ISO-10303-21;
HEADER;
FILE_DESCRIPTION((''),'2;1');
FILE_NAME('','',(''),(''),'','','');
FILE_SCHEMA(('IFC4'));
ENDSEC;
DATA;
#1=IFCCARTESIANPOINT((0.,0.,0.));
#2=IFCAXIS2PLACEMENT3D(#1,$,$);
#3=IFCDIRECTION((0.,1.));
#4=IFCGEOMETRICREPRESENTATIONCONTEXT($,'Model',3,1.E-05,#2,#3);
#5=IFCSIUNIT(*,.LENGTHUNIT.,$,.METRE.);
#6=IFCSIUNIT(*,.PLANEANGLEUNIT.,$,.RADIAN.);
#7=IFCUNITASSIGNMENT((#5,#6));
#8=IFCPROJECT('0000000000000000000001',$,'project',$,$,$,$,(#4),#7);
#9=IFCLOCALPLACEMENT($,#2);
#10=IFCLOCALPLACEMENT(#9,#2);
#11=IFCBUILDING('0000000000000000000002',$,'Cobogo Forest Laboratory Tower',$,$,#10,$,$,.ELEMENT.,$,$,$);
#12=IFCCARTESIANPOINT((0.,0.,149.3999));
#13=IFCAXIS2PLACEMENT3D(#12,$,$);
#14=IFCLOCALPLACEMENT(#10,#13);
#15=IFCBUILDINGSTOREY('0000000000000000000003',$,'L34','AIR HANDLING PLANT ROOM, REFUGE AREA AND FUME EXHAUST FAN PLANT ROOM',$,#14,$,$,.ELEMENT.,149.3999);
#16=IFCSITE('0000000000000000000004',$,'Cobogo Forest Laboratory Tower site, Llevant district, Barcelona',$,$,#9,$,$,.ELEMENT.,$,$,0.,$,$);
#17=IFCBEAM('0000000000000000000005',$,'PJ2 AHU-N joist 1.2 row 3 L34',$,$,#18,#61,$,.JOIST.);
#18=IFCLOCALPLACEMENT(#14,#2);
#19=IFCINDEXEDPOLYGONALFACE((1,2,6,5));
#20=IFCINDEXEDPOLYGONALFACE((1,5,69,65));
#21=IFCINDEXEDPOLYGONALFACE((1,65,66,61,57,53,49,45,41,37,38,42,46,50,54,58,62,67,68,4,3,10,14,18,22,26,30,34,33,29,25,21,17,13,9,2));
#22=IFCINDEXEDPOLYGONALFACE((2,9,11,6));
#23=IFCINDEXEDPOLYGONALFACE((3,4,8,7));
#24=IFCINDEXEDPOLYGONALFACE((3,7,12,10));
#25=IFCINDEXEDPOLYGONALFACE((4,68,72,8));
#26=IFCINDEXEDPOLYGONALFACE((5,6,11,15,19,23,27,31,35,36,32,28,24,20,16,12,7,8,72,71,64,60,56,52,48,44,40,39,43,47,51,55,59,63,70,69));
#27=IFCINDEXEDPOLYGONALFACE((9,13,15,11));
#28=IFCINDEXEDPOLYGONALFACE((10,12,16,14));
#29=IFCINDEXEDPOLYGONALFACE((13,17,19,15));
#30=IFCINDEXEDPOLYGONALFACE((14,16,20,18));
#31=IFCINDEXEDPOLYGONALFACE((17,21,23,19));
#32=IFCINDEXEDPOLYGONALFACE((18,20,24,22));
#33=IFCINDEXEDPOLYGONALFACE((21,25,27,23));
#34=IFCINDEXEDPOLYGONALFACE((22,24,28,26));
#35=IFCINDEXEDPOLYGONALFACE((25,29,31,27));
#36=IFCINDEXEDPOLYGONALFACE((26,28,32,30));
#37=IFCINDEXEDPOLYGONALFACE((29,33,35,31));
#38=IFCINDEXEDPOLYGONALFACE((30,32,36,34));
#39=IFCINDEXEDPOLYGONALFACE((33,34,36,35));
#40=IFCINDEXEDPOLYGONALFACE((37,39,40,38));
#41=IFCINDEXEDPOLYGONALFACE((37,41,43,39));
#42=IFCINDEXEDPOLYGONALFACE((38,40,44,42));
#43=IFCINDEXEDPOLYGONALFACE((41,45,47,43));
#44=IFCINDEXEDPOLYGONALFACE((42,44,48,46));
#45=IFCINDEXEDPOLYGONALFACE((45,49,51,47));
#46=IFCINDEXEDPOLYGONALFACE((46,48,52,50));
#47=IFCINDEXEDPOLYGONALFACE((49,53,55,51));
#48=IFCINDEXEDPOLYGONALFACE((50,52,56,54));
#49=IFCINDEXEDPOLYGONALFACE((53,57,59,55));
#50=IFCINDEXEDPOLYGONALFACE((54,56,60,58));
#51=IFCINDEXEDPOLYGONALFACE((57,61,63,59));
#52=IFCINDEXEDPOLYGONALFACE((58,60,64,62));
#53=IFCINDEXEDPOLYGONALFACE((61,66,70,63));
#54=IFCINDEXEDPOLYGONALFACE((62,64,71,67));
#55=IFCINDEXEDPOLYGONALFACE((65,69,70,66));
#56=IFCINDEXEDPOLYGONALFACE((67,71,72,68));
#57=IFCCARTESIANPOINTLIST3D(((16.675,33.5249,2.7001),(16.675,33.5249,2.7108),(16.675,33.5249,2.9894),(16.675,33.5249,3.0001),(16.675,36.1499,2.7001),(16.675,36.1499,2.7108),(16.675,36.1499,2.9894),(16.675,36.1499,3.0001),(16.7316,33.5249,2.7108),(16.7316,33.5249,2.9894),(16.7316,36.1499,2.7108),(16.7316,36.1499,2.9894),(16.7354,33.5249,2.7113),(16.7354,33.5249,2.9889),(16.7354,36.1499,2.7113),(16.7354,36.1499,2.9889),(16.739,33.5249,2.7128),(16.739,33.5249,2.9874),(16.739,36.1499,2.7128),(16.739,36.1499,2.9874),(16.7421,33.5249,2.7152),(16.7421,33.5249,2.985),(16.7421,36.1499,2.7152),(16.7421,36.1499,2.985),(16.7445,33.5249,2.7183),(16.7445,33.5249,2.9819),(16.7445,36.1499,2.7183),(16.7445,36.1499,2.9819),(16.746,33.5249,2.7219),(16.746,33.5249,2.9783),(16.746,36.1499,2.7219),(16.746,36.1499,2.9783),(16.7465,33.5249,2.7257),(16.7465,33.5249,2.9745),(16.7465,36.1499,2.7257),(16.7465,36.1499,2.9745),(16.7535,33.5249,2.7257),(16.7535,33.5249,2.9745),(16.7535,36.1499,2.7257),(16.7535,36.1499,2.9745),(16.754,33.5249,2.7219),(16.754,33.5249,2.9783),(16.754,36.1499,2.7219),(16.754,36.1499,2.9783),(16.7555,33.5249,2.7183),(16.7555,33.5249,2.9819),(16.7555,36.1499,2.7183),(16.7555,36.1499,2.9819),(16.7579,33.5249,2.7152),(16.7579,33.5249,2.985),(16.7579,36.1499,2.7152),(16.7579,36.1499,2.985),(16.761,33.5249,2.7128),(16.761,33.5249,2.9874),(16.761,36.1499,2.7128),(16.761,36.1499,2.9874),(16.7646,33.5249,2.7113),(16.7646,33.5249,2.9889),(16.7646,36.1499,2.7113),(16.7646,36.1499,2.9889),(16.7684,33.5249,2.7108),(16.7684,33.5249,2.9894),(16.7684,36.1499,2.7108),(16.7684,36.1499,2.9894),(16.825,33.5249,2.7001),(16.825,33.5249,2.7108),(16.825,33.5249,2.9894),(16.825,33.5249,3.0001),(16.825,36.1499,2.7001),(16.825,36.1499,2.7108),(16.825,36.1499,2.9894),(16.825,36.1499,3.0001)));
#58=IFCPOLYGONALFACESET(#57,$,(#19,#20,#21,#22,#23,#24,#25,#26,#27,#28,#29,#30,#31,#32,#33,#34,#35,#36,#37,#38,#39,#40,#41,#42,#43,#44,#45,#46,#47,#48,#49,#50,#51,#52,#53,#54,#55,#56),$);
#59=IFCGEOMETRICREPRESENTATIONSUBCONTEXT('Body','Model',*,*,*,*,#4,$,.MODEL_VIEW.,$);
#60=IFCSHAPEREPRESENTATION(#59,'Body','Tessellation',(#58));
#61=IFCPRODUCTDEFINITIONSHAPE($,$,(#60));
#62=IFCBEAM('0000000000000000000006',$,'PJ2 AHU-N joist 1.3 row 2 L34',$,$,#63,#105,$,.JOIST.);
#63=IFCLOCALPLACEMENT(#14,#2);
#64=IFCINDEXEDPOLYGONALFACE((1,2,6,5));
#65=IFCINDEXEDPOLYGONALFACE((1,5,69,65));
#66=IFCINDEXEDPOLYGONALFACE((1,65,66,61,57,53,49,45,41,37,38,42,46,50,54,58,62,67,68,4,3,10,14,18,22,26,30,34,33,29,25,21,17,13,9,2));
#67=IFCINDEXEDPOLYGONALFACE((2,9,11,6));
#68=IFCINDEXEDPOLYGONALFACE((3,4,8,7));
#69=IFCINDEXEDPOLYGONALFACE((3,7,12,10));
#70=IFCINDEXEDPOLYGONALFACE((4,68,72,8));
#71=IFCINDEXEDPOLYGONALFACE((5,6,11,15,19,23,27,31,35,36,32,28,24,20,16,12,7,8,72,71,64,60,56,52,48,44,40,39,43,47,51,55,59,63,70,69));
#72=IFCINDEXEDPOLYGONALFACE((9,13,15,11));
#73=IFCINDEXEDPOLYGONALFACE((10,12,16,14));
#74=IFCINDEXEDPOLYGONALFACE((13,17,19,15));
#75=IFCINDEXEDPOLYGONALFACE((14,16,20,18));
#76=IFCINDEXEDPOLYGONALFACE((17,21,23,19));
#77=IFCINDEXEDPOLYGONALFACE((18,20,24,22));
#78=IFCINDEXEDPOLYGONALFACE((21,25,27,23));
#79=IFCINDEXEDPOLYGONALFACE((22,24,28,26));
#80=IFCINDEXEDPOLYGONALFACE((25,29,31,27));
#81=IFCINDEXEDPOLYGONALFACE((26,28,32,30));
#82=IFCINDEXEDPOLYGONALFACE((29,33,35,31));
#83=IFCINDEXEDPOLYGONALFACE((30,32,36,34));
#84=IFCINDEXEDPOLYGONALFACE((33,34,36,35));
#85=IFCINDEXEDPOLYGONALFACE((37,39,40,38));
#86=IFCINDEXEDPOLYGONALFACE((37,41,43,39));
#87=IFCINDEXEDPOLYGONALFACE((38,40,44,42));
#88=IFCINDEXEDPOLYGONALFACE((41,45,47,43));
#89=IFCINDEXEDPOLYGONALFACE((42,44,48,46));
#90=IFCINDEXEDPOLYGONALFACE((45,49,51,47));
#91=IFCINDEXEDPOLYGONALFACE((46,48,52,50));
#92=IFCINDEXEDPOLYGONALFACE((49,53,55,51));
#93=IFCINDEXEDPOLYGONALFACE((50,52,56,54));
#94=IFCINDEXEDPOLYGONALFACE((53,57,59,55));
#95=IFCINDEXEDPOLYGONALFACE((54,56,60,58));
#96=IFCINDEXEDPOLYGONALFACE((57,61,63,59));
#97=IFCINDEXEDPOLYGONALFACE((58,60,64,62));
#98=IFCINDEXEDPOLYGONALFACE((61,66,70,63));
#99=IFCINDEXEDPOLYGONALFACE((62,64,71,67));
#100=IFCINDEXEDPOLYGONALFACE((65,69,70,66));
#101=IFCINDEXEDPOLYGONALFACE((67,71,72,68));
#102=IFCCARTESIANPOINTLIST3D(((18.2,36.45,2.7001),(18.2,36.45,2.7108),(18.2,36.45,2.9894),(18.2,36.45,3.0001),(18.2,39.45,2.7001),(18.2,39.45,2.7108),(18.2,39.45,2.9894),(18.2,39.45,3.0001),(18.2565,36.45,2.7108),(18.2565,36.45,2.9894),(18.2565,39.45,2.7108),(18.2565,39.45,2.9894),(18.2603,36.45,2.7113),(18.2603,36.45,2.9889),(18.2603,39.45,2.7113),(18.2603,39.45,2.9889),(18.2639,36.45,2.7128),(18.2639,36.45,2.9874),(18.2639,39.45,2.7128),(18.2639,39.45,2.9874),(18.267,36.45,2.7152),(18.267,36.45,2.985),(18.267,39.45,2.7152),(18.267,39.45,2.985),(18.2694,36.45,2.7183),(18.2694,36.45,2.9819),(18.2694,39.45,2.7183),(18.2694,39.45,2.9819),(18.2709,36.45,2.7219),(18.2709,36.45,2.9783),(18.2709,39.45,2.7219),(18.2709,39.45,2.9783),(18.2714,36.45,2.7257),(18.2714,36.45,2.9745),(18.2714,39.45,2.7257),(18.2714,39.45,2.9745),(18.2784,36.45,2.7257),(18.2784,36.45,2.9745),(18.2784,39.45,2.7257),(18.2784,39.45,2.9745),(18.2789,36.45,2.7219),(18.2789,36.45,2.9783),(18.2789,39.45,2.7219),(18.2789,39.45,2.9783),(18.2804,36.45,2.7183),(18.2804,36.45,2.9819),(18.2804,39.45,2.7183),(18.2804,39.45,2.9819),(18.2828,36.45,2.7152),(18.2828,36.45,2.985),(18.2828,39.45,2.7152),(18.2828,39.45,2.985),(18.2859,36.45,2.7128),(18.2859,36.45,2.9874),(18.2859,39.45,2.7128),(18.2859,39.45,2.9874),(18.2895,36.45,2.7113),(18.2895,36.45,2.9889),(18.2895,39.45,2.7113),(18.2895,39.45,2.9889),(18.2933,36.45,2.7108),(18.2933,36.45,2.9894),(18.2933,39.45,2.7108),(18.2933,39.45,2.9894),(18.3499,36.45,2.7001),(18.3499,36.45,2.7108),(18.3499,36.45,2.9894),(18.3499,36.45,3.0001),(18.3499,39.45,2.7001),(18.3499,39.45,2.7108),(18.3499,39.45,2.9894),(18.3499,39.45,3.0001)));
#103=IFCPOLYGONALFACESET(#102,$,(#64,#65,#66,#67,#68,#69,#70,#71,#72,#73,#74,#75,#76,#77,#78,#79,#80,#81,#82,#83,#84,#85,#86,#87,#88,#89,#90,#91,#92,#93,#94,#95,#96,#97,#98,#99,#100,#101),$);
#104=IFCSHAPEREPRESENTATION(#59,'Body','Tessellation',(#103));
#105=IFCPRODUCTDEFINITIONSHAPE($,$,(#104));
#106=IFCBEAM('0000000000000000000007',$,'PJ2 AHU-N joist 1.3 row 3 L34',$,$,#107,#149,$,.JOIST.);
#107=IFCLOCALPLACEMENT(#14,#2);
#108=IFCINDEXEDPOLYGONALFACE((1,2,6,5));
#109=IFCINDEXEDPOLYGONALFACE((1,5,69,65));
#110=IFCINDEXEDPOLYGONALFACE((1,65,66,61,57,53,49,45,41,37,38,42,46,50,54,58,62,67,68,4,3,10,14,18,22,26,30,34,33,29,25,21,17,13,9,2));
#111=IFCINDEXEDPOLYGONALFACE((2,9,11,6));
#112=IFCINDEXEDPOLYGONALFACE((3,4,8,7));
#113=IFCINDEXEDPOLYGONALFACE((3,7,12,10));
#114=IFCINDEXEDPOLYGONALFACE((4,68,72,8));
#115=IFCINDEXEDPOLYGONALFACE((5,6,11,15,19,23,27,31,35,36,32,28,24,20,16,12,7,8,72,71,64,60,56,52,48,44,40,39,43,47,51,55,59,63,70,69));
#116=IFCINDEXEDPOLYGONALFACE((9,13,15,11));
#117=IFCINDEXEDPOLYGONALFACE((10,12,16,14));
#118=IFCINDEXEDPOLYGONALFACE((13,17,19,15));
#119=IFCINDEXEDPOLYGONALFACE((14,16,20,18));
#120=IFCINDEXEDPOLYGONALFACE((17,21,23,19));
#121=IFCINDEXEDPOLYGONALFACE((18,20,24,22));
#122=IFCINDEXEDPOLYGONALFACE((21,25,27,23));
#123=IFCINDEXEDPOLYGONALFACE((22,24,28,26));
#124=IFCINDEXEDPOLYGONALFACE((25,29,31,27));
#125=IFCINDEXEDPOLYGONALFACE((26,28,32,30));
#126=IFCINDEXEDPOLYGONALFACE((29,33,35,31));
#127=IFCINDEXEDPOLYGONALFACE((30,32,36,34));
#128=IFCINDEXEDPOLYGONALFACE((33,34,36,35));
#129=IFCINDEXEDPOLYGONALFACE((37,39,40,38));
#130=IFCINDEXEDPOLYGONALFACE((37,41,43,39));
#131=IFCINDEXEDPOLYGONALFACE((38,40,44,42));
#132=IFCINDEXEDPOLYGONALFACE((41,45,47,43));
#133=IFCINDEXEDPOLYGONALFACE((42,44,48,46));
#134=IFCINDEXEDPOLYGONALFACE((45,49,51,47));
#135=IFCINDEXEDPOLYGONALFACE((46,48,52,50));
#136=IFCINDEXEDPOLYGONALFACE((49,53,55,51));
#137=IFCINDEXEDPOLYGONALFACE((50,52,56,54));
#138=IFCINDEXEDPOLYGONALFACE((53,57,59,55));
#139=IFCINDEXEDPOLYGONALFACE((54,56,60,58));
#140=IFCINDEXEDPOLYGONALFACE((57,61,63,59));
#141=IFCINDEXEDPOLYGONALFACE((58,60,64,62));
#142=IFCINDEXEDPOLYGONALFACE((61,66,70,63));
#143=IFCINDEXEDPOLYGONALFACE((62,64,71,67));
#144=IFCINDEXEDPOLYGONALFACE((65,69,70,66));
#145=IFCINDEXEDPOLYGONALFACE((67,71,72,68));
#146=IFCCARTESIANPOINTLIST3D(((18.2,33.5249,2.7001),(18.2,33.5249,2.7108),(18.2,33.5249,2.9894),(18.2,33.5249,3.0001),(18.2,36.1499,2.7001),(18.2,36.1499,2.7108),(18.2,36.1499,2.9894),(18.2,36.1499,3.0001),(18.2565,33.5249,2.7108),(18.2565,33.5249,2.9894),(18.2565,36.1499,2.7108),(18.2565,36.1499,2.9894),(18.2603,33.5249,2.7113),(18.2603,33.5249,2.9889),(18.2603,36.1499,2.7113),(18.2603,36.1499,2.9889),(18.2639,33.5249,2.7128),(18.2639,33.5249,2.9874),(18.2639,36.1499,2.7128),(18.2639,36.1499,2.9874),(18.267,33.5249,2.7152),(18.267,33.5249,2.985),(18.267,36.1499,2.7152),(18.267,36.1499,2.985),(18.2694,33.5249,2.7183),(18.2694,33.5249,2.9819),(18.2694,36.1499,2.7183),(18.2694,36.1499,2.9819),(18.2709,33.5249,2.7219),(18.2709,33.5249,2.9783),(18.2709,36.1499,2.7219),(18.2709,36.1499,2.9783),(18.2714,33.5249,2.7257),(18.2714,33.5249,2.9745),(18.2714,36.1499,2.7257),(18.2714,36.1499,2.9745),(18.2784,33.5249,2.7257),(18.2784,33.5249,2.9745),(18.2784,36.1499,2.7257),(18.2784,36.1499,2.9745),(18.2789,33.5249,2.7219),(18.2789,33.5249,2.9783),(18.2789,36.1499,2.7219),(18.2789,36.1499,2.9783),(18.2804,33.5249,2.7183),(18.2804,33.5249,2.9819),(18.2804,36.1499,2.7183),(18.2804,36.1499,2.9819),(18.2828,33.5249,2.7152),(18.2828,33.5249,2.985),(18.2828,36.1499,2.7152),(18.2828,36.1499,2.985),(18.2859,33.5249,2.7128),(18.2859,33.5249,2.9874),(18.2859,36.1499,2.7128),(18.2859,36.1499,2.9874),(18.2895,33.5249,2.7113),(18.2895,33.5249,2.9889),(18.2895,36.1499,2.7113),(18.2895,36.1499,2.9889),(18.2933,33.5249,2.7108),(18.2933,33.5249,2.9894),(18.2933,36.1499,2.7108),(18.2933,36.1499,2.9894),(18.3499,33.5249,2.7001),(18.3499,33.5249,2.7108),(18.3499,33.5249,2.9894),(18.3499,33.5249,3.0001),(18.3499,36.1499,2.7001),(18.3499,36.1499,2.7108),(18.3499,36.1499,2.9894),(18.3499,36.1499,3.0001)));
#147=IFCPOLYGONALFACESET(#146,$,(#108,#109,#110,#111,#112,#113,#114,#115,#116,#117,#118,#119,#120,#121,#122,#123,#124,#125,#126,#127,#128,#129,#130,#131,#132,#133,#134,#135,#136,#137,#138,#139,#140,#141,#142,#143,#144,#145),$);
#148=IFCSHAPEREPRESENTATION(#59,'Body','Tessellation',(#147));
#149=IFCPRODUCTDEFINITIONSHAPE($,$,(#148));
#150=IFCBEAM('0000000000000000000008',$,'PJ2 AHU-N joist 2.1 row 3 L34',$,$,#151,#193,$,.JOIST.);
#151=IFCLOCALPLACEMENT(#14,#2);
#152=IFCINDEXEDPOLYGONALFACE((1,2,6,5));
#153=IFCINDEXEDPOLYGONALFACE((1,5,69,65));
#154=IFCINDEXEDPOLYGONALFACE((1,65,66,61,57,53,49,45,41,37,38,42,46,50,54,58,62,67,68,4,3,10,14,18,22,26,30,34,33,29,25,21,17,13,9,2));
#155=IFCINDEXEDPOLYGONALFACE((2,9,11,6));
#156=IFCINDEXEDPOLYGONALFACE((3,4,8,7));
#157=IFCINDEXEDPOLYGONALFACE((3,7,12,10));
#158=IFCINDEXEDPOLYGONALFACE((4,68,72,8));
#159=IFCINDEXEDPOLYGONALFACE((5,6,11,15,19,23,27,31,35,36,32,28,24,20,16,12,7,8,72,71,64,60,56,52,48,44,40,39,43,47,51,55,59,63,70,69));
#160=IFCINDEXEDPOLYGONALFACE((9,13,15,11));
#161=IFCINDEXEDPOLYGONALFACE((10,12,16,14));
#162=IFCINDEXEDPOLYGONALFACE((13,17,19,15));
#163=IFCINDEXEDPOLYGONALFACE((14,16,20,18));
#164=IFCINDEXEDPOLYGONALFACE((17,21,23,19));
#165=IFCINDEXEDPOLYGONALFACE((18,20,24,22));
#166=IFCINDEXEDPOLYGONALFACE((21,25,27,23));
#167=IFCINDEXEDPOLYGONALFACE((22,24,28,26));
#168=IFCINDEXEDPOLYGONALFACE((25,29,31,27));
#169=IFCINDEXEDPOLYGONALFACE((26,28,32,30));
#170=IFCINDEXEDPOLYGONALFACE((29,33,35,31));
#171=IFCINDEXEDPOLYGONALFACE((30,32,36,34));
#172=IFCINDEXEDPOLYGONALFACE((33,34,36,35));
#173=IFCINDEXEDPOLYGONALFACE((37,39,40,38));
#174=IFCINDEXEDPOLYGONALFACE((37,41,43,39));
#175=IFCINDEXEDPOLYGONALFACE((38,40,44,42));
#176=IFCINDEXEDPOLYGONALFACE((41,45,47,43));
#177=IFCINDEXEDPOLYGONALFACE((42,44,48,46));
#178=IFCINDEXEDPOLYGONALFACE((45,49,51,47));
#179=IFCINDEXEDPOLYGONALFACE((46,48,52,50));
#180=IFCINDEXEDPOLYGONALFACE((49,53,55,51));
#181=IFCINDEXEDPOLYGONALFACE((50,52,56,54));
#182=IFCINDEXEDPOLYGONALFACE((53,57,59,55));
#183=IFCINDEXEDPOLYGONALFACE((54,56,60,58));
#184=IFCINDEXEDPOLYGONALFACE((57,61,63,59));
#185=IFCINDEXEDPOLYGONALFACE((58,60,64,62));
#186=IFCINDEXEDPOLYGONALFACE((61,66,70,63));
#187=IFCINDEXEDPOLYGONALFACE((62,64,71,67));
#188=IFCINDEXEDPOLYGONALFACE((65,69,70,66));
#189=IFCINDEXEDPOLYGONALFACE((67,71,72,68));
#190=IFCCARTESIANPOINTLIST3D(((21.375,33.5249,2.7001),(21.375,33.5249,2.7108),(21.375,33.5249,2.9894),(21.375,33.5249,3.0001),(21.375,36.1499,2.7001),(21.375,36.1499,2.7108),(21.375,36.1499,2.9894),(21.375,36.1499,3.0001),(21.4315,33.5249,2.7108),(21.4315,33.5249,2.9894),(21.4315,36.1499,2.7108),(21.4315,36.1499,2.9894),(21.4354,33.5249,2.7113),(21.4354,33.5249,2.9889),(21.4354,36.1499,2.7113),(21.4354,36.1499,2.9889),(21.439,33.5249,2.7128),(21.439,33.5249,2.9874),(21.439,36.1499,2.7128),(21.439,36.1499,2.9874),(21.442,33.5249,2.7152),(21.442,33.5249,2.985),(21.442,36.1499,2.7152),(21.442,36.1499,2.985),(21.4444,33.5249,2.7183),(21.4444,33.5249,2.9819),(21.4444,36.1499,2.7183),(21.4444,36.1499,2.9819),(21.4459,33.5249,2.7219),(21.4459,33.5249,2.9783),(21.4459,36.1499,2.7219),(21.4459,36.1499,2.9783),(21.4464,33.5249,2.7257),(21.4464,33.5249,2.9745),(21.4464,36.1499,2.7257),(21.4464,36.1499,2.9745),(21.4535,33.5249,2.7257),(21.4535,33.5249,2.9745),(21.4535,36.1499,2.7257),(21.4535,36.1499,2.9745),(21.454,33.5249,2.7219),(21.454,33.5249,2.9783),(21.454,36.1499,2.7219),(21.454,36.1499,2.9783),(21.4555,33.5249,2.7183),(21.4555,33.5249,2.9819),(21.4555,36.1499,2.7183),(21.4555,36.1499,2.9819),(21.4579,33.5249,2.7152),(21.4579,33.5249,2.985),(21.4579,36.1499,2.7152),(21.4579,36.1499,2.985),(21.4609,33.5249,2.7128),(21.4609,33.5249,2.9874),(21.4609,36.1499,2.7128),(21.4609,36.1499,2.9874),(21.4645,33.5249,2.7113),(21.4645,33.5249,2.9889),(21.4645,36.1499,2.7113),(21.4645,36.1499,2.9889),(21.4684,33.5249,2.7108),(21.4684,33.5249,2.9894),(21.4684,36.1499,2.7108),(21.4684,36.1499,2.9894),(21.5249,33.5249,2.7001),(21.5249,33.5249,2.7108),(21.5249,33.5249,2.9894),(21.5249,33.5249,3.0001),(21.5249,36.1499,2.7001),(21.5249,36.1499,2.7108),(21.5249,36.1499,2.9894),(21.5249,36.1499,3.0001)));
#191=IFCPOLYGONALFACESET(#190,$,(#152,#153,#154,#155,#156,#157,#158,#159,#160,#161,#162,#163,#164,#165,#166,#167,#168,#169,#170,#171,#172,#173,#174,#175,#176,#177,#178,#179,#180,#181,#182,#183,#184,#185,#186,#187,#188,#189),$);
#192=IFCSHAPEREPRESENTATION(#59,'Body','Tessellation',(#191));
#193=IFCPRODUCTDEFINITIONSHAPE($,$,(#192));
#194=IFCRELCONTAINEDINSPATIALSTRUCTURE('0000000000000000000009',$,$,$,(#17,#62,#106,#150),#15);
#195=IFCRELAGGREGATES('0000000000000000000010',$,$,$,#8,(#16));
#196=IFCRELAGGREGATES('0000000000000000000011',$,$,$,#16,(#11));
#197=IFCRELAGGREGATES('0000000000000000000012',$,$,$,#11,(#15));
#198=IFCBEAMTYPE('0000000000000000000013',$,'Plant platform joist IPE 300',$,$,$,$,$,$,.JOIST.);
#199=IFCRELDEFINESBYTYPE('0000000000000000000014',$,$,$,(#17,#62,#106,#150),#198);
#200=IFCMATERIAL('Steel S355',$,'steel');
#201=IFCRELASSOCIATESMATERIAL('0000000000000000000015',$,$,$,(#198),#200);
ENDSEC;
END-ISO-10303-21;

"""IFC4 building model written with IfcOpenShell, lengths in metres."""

from ifc_helpers import new_model, si_unit, direction, frame, origin, origin_2d, place, context, subcontext, project, spatial, i_section, extrude, material, material_profile, profile_set, type_object, element, save


model = new_model("IFC4")

# Units and contexts
model_context = context("Model", 3, precision=1e-05, world=origin(), true_north=direction((0.0, 1.0)))
body_context = subcontext(model_context, "Body", "Model", "MODEL_VIEW")
ifc_project = project(units=[si_unit("LENGTHUNIT", "METRE"), si_unit("PLANEANGLEUNIT", "RADIAN")], contexts=[model_context])

# Site, building, storey
site_placement = place(None, origin())
site = spatial("IfcSite", under=ifc_project, at=site_placement, Name="Cobogo Forest Laboratory Tower site, Llevant district, Barcelona", CompositionType="ELEMENT", RefElevation=0.0)
building_placement = place(site_placement, origin())
building = spatial("IfcBuilding", under=site, at=building_placement, Name="Cobogo Forest Laboratory Tower", CompositionType="ELEMENT")
storey_placement = place(building_placement, frame((0.0, 0.0, 149.3999)))
storey = spatial("IfcBuildingStorey", under=building, at=storey_placement, Name="L34", Description="AIR HANDLING PLANT ROOM, REFUGE AREA AND FUME EXHAUST FAN PLANT ROOM", CompositionType="ELEMENT", Elevation=149.3999)

# Shared definitions
ifc_material_1 = material(Name="Steel S355", Category="steel")

# Beams
ifc_material_profile_1 = material_profile(ifc_material_1, i_section(OverallWidth=0.1499, OverallDepth=0.3, WebThickness=0.0071, FlangeThickness=0.0107, FilletRadius=0.0149, at=origin_2d()), Name="IPE 300")
ifc_profile_set_1 = profile_set([ifc_material_profile_1], Name="Steel S355")
beam_type_1 = type_object("IfcBeamType", Name="Plant platform joist IPE 300", PredefinedType="JOIST", material=ifc_profile_set_1)
beam_1_placement = place(storey_placement, frame((16.75, 36.1499, 2.8501), z_axis=(0.0, -1.0, 0.0), x_axis=(1.0, 0.0, 0.0)))
element("IfcBeam", 1, at=beam_1_placement, inside=storey, type_object=beam_type_1, Name="PJ2 AHU-N joist 1.2 row 3 L34", PredefinedType="JOIST", context=body_context, shape_type="SweptSolid", body=[
    extrude(i_section(OverallWidth=0.1499, OverallDepth=0.3, WebThickness=0.0071, FlangeThickness=0.0107, FilletRadius=0.0149, at=origin_2d()), origin(), (0.0, 0.0, 1.0), 2.625),
])
beam_2_placement = place(storey_placement, frame((18.2749, 39.45, 2.8501), z_axis=(0.0, -1.0, 0.0), x_axis=(1.0, 0.0, 0.0)))
element("IfcBeam", 2, at=beam_2_placement, inside=storey, type_object=beam_type_1, Name="PJ2 AHU-N joist 1.3 row 2 L34", PredefinedType="JOIST", context=body_context, shape_type="SweptSolid", body=[
    extrude(i_section(OverallWidth=0.1499, OverallDepth=0.3, WebThickness=0.0071, FlangeThickness=0.0107, FilletRadius=0.0149, at=origin_2d()), origin(), (0.0, 0.0, 1.0), 3.0),
])
for number, where, z_axis, x_axis, name in (
    (3, (18.2749, 36.1499, 2.8501), (0.0, -1.0, 0.0), (1.0, 0.0, 0.0), "PJ2 AHU-N joist 1.3 row 3 L34"),
    (4, (21.45, 36.1499, 2.8501), (0.0, -1.0, 0.0), (1.0, 0.0, 0.0), "PJ2 AHU-N joist 2.1 row 3 L34"),
):
    element("IfcBeam", number, at=place(storey_placement, frame(where, z_axis=z_axis, x_axis=x_axis)), inside=storey, type_object=beam_type_1, Name=name, PredefinedType="JOIST", context=body_context, shape_type="SweptSolid", body=[
        extrude(i_section(OverallWidth=0.1499, OverallDepth=0.3, WebThickness=0.0071, FlangeThickness=0.0107, FilletRadius=0.0149, at=origin_2d()), origin(), (0.0, 0.0, 1.0), 2.625),
    ])

save(model, "model.ifc")
